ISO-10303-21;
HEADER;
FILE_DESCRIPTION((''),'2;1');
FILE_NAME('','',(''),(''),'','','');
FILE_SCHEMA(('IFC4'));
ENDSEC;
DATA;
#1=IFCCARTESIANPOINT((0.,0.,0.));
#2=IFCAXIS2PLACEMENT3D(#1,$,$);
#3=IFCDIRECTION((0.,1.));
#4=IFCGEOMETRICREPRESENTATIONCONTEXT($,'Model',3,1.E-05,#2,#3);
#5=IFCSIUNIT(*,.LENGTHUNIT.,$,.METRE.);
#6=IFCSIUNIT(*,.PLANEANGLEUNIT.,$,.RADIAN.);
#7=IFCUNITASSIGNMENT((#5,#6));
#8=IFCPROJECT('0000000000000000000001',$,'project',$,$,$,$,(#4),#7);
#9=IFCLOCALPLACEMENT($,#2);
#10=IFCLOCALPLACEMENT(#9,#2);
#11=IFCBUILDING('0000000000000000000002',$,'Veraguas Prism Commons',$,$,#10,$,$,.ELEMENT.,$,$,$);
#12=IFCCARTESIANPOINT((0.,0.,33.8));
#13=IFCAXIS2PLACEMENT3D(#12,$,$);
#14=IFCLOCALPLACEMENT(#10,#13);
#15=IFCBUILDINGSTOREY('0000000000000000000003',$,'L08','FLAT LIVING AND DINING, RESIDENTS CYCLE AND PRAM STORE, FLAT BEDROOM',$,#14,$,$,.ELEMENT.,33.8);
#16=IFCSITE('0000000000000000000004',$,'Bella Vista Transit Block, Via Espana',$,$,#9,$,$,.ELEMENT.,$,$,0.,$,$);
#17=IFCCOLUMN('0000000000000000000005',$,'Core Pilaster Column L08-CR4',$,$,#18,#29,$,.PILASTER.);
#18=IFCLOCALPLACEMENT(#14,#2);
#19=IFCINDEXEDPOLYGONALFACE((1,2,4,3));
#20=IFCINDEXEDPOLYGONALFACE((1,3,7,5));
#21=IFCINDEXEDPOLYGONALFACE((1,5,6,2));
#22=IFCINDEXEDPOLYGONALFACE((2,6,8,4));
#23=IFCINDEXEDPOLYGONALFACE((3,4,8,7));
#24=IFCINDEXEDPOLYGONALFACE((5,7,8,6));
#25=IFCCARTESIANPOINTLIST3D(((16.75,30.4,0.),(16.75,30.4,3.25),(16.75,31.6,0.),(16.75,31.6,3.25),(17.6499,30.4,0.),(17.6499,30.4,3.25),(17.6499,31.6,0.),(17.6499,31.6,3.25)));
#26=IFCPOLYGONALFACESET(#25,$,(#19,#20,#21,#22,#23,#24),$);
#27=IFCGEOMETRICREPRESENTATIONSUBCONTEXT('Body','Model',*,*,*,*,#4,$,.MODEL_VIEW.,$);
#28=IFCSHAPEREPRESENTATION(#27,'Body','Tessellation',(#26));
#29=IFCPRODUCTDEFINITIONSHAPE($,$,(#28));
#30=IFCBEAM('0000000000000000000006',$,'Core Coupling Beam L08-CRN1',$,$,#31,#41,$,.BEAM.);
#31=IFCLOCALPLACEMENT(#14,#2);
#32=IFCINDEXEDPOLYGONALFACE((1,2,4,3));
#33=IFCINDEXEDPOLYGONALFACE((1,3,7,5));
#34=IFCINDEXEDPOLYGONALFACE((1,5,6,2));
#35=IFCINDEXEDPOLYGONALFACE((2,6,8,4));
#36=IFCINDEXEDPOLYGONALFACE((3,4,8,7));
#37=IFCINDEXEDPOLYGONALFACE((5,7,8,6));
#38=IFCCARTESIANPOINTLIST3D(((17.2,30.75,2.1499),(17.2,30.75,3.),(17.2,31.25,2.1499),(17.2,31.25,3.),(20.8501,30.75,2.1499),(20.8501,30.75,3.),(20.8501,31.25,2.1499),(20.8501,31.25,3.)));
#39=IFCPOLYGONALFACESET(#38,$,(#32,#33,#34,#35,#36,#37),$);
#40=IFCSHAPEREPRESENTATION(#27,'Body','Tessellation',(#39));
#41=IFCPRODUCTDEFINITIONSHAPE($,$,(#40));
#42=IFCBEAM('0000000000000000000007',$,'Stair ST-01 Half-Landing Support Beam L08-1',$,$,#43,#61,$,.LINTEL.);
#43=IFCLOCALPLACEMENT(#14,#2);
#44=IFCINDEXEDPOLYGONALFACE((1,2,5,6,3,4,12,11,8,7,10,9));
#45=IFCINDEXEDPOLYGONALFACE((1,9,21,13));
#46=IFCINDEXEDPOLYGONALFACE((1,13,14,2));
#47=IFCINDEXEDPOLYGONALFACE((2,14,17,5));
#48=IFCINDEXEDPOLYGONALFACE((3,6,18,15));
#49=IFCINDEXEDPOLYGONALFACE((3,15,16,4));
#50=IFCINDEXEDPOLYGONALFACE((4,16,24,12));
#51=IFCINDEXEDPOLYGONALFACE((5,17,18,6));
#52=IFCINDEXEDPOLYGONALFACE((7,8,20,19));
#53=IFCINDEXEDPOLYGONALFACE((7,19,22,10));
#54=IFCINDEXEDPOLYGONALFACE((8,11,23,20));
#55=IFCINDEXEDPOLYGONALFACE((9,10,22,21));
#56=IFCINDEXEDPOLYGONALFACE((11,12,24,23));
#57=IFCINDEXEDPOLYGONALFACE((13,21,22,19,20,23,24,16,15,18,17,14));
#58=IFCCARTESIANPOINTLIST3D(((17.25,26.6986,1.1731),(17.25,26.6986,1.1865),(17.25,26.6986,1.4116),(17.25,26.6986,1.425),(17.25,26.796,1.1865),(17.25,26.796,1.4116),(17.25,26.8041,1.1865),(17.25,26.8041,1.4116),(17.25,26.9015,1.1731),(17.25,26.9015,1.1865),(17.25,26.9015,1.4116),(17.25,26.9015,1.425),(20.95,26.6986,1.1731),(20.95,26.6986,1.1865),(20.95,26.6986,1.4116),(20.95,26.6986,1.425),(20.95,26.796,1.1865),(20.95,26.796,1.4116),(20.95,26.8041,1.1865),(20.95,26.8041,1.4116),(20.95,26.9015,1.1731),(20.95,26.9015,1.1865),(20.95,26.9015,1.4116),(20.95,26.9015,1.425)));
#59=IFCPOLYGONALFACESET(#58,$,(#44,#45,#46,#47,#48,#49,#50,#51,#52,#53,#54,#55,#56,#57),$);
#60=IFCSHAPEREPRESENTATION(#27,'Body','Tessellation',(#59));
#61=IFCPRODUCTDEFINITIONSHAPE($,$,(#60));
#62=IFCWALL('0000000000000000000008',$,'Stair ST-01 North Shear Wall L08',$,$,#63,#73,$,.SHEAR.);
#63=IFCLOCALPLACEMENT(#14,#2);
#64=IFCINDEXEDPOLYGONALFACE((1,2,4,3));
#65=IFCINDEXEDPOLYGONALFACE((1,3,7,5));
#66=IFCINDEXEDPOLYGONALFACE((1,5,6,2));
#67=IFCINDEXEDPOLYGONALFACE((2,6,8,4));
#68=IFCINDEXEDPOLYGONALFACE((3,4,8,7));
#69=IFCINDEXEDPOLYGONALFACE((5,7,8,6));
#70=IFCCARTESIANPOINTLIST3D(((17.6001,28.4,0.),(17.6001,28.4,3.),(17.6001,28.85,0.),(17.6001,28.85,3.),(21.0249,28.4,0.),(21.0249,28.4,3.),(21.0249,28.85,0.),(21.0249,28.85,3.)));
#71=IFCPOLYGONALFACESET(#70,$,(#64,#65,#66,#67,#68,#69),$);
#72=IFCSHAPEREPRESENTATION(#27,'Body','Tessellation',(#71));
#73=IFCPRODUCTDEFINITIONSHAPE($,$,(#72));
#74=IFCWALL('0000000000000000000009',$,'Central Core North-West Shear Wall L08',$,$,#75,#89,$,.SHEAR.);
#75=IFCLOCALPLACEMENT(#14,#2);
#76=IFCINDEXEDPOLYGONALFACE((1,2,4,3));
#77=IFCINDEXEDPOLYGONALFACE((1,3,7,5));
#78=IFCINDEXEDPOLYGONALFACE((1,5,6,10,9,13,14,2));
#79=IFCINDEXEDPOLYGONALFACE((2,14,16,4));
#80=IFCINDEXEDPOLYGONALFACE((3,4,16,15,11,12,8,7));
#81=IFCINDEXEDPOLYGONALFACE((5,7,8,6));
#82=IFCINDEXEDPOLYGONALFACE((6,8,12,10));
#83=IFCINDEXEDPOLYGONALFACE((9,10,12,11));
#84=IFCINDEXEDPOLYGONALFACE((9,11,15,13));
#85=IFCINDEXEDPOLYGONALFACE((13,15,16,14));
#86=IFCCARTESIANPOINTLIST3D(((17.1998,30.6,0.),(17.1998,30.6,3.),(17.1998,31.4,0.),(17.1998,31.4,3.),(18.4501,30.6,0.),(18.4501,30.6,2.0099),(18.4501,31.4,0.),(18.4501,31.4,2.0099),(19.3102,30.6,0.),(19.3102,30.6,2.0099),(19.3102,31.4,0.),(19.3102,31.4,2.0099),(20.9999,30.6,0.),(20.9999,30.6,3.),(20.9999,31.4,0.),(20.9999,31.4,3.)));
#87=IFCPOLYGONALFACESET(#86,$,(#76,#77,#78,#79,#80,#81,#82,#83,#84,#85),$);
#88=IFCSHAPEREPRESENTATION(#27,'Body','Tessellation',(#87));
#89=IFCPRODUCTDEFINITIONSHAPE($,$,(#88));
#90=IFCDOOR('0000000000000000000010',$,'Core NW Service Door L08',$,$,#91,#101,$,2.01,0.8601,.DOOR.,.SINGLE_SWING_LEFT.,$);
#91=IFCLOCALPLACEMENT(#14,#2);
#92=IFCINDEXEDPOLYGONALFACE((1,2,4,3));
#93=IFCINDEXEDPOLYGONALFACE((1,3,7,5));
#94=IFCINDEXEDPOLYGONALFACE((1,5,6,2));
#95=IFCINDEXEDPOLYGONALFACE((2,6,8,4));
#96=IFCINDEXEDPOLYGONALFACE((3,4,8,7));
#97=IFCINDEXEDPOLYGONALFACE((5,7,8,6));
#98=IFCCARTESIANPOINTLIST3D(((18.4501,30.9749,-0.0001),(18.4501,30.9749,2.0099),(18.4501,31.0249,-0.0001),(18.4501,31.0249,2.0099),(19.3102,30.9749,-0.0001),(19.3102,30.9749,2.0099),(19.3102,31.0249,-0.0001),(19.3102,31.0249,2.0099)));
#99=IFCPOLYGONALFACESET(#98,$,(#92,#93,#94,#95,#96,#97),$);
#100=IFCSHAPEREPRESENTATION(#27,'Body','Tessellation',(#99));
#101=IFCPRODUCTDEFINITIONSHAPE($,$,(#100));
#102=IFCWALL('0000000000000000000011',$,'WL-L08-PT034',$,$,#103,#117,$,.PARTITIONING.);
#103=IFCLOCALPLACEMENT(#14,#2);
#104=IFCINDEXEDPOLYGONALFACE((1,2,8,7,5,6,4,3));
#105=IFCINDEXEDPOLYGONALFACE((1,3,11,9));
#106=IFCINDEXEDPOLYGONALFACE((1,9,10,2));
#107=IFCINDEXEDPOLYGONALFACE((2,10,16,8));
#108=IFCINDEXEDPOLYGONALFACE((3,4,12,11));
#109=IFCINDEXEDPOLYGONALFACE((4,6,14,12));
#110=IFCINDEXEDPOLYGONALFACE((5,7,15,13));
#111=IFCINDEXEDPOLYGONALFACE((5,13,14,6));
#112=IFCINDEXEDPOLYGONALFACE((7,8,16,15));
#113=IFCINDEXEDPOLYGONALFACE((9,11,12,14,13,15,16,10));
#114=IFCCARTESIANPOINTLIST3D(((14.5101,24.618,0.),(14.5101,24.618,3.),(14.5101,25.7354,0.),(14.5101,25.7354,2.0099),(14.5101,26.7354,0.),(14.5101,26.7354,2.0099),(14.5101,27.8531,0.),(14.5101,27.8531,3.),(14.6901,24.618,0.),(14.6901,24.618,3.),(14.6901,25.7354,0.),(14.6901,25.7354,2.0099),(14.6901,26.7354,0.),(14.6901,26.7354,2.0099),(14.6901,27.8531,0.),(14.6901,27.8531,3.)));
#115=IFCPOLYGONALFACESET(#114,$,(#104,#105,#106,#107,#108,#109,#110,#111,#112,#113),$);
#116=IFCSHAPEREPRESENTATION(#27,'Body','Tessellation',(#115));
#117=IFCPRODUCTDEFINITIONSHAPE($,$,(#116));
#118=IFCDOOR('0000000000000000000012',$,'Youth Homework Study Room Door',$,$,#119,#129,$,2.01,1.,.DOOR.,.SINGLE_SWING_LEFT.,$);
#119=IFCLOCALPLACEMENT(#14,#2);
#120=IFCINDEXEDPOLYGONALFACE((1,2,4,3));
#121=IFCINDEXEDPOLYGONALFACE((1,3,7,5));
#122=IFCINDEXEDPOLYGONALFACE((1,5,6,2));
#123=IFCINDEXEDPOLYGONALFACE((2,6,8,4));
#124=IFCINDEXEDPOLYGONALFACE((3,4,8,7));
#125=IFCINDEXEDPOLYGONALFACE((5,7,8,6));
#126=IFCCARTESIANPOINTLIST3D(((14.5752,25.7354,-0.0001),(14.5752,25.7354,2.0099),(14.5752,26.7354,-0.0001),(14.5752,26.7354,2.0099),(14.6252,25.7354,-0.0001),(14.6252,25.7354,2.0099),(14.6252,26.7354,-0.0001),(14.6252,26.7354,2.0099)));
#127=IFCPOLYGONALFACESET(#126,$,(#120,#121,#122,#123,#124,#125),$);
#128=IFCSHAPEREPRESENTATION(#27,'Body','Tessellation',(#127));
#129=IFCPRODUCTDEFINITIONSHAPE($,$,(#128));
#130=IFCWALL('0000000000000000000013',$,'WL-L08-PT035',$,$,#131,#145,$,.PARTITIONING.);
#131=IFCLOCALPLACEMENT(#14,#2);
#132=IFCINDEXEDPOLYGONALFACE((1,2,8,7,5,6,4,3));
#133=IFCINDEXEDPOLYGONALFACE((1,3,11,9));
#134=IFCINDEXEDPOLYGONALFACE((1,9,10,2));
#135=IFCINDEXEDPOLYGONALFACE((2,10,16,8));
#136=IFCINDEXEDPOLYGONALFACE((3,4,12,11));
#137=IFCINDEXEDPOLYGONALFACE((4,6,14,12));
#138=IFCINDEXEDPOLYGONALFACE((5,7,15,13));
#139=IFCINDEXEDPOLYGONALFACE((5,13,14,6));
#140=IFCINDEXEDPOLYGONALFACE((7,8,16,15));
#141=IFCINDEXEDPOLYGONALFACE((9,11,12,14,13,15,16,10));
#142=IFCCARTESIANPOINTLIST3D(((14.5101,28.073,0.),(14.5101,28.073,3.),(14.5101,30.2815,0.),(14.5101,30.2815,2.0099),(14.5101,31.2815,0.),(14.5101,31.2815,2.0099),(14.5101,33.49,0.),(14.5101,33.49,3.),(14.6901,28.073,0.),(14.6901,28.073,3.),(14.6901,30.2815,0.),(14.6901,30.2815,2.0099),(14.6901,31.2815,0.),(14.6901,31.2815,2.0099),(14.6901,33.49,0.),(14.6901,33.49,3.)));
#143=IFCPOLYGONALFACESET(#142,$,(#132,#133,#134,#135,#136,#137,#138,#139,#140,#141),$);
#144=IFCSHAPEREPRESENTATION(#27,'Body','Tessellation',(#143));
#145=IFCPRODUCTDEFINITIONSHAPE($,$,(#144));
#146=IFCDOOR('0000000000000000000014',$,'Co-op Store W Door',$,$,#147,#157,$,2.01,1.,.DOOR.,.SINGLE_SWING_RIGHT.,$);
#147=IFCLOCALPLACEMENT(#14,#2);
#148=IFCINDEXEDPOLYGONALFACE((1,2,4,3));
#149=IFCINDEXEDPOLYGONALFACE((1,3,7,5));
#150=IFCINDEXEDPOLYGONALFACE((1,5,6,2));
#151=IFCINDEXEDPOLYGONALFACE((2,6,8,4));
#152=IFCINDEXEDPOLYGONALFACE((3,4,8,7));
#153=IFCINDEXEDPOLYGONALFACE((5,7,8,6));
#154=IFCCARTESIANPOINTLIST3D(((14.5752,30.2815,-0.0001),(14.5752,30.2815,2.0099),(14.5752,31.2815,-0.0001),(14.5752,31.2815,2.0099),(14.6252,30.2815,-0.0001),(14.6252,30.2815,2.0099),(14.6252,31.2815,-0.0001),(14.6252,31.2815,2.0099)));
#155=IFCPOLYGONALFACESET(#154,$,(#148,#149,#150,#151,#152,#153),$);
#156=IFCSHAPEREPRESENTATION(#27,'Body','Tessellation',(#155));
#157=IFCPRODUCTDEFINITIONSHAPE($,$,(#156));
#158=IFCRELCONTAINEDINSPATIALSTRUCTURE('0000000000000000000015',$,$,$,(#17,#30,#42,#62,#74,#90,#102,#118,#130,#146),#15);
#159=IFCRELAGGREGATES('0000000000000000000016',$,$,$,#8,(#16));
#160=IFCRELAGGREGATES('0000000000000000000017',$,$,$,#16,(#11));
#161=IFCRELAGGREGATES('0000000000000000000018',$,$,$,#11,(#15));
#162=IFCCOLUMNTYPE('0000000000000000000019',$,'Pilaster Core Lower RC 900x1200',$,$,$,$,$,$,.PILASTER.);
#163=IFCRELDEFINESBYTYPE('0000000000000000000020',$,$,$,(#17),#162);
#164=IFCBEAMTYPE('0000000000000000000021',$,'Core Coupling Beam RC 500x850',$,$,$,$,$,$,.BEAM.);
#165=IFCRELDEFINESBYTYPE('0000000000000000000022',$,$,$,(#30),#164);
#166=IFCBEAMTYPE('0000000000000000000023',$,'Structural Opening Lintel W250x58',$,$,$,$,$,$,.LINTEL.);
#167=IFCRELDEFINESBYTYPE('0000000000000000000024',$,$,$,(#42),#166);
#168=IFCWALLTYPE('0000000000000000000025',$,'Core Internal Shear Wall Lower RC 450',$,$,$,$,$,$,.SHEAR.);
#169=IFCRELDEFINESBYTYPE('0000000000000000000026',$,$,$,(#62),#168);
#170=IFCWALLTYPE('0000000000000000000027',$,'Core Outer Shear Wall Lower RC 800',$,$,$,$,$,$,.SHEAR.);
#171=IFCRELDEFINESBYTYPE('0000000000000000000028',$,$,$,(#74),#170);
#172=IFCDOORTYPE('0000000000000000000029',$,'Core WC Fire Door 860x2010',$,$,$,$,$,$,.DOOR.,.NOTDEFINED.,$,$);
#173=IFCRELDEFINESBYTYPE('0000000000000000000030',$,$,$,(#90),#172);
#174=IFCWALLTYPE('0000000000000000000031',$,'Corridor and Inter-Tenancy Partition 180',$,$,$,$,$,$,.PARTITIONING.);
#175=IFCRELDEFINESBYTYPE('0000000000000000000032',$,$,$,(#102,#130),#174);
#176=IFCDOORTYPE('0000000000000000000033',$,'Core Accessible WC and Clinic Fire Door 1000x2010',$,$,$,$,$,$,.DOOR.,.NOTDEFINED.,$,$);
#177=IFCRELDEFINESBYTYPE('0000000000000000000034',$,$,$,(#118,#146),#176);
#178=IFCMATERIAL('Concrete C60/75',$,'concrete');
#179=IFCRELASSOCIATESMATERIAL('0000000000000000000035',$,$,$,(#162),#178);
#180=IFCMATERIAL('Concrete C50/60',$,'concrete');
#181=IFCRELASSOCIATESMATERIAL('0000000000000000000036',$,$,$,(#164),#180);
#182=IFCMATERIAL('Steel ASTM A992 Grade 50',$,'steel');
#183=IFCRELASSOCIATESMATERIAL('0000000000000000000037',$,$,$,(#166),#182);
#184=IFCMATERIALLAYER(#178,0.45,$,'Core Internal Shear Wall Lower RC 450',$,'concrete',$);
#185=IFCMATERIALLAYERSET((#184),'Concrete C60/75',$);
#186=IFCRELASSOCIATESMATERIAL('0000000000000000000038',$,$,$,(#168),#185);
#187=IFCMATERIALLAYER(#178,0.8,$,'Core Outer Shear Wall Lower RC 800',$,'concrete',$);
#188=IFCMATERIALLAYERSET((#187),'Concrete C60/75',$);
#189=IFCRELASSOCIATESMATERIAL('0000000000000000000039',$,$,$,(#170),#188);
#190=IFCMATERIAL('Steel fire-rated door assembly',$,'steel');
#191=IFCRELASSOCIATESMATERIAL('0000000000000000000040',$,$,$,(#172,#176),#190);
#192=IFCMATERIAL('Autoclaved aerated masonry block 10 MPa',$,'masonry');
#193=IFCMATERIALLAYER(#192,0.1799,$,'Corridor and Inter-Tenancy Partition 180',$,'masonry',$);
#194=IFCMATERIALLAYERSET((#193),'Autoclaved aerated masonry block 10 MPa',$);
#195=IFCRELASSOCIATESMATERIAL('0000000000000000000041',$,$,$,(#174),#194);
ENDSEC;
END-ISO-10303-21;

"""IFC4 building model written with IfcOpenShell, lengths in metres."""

from ifc_helpers import new_model, si_unit, direction, frame, frame_2d, origin, origin_2d, place, context, subcontext, project, spatial, rectangle, i_section, extrude, source, transform, mapped, material, layer, layer_set, material_profile, profile_set, type_object, element, fill, save


model = new_model("IFC4")

# Units and contexts
model_context = context("Model", 3, precision=1e-05, world=origin(), true_north=direction((0.0, 1.0)))
body_context = subcontext(model_context, "Body", "Model", "MODEL_VIEW")
ifc_project = project(units=[si_unit("LENGTHUNIT", "METRE"), si_unit("PLANEANGLEUNIT", "RADIAN")], contexts=[model_context])

# Site, building, storey
site_placement = place(None, origin())
site = spatial("IfcSite", under=ifc_project, at=site_placement, Name="Bella Vista Transit Block, Via Espana", CompositionType="ELEMENT", RefElevation=0.0)
building_placement = place(site_placement, origin())
building = spatial("IfcBuilding", under=site, at=building_placement, Name="Veraguas Prism Commons", CompositionType="ELEMENT")
storey_placement = place(building_placement, frame((0.0, 0.0, 33.8)))
storey = spatial("IfcBuildingStorey", under=building, at=storey_placement, Name="L08", Description="FLAT LIVING AND DINING, RESIDENTS CYCLE AND PRAM STORE, FLAT BEDROOM", CompositionType="ELEMENT", Elevation=33.8)

# Column
ifc_material_1 = material(Name="Concrete C60/75", Category="concrete")
ifc_material_profile_1 = material_profile(ifc_material_1, rectangle(XDim=0.8999, YDim=1.2, at=origin_2d()), Name="RC900X1200")
ifc_profile_set_1 = profile_set([ifc_material_profile_1], Name="Concrete C60/75")
column_type = type_object("IfcColumnType", Name="Pilaster Core Lower RC 900x1200", PredefinedType="PILASTER", material=ifc_profile_set_1)
column_placement = place(storey_placement, frame((17.2, 31.0, 0.0), z_axis=(0.0, 0.0, 1.0), x_axis=(1.0, 0.0, 0.0)))
element("IfcColumn", 1, at=column_placement, inside=storey, type_object=column_type, Name="Core Pilaster Column L08-CR4", PredefinedType="PILASTER", context=body_context, shape_type="SweptSolid", body=[
    extrude(rectangle(XDim=0.8999, YDim=1.2, at=origin_2d()), origin(), (0.0, 0.0, 1.0), 3.25),
])

# Beams
ifc_material_2 = material(Name="Concrete C50/60", Category="concrete")
ifc_material_profile_2 = material_profile(ifc_material_2, rectangle(XDim=0.5, YDim=0.8501, at=origin_2d()), Name="RC500X850")
ifc_profile_set_2 = profile_set([ifc_material_profile_2], Name="Concrete C50/60")
beam_type_1 = type_object("IfcBeamType", Name="Core Coupling Beam RC 500x850", PredefinedType="BEAM", material=ifc_profile_set_2)
beam_1_placement = place(storey_placement, frame((17.2, 31.0, 2.575), z_axis=(1.0, 0.0, 0.0), x_axis=(0.0, 1.0, 0.0)))
element("IfcBeam", 2, at=beam_1_placement, inside=storey, type_object=beam_type_1, Name="Core Coupling Beam L08-CRN1", PredefinedType="BEAM", context=body_context, shape_type="SweptSolid", body=[
    extrude(rectangle(XDim=0.5, YDim=0.8501, at=origin_2d()), origin(), (0.0, 0.0, 1.0), 3.6501),
])
ifc_material_3 = material(Name="Steel ASTM A992 Grade 50", Category="steel")
ifc_material_profile_3 = material_profile(ifc_material_3, i_section(OverallWidth=0.2029, OverallDepth=0.252, WebThickness=0.0081, FlangeThickness=0.0134, at=origin_2d()), Name="W250X58")
ifc_profile_set_3 = profile_set([ifc_material_profile_3], Name="Steel ASTM A992 Grade 50")
beam_type_2 = type_object("IfcBeamType", Name="Structural Opening Lintel W250x58", PredefinedType="LINTEL", material=ifc_profile_set_3)
beam_2_placement = place(storey_placement, frame((17.25, 26.8, 1.2991), z_axis=(1.0, 0.0, 0.0), x_axis=(0.0, 1.0, 0.0)))
element("IfcBeam", 3, at=beam_2_placement, inside=storey, type_object=beam_type_2, Name="Stair ST-01 Half-Landing Support Beam L08-1", PredefinedType="LINTEL", context=body_context, shape_type="SweptSolid", body=[
    extrude(i_section(OverallWidth=0.2029, OverallDepth=0.252, WebThickness=0.0081, FlangeThickness=0.0134, at=origin_2d()), origin(), (0.0, 0.0, 1.0), 3.7),
])

# Wall
ifc_layer_1 = layer(ifc_material_1, 0.45, Name="Core Internal Shear Wall Lower RC 450", Category="concrete")
ifc_layer_set_1 = layer_set([ifc_layer_1], Name="Concrete C60/75")
wall_type_1 = type_object("IfcWallType", Name="Core Internal Shear Wall Lower RC 450", PredefinedType="SHEAR", material=ifc_layer_set_1)
wall_1_placement = place(storey_placement, frame((17.6001, 28.625, 0.0), z_axis=(0.0, 0.0, 1.0), x_axis=(1.0, 0.0, 0.0)))
element("IfcWall", 4, at=wall_1_placement, inside=storey, type_object=wall_type_1, Name="Stair ST-01 North Shear Wall L08", PredefinedType="SHEAR", context=body_context, shape_type="SweptSolid", body=[
    extrude(rectangle(XDim=3.4248, YDim=0.45, at=frame_2d((1.7124, 0.0))), origin(), (0.0, 0.0, 1.0), 3.0),
])

# Walls, openings, doors
ifc_layer_2 = layer(ifc_material_1, 0.8, Name="Core Outer Shear Wall Lower RC 800", Category="concrete")
ifc_layer_set_2 = layer_set([ifc_layer_2], Name="Concrete C60/75")
wall_type_2 = type_object("IfcWallType", Name="Core Outer Shear Wall Lower RC 800", PredefinedType="SHEAR", material=ifc_layer_set_2)
wall_2_placement = place(storey_placement, frame((17.2, 31.0, 0.0), z_axis=(0.0, 0.0, 1.0), x_axis=(1.0, 0.0, 0.0)))
wall_2 = element("IfcWall", 5, at=wall_2_placement, inside=storey, type_object=wall_type_2, Name="Central Core North-West Shear Wall L08", PredefinedType="SHEAR", context=body_context, shape_type="SweptSolid", body=[
    extrude(rectangle(XDim=3.8, YDim=0.8, at=frame_2d((1.8999, 0.0))), origin(), (0.0, 0.0, 1.0), 3.0),
])
opening_1_placement = place(wall_2_placement, frame((1.25, 0.0, 0.0)))
opening_1 = element("IfcOpeningElement", 6, at=opening_1_placement, cuts=wall_2, PredefinedType="OPENING", context=body_context, shape_type="SweptSolid", body=[
    extrude(rectangle(XDim=0.8601, YDim=2.01, at=frame_2d((0.4302, 1.0049))), frame((0.0, 0.4099, 0.0), z_axis=(0.0, -1.0, 0.0), x_axis=(1.0, 0.0, 0.0)), (0.0, 0.0, 1.0), 0.8201),
])
ifc_material_4 = material(Name="Steel fire-rated door assembly", Category="steel")
door_type_1 = type_object("IfcDoorType", Name="Core WC Fire Door 860x2010", OperationType="NOTDEFINED", PredefinedType="DOOR", material=ifc_material_4)
shared_shape_1 = source(origin(), body_context, "Body", "SweptSolid", [
    extrude(rectangle(XDim=0.8601, YDim=2.01, at=frame_2d((0.4302, 1.0049))), frame((0.0, 0.0249, 0.0), z_axis=(0.0, -1.0, 0.0), x_axis=(1.0, 0.0, 0.0)), (0.0, 0.0, 1.0), 0.05),
])
door_1_placement = place(opening_1_placement, origin())
door_1 = element("IfcDoor", 7, at=door_1_placement, inside=storey, type_object=door_type_1, Name="Core NW Service Door L08", OperationType="SINGLE_SWING_LEFT", OverallHeight=2.01, OverallWidth=0.8601, PredefinedType="DOOR", context=body_context, shape_type="MappedRepresentation", body=[
    mapped(shared_shape_1, transform((0.0, 0.0, 0.0), scale=1.0)),
])
fill(opening_1, door_1)
ifc_material_5 = material(Name="Autoclaved aerated masonry block 10 MPa", Category="masonry")
ifc_layer_3 = layer(ifc_material_5, 0.1799, Name="Corridor and Inter-Tenancy Partition 180", Category="masonry")
ifc_layer_set_3 = layer_set([ifc_layer_3], Name="Autoclaved aerated masonry block 10 MPa")
wall_type_3 = type_object("IfcWallType", Name="Corridor and Inter-Tenancy Partition 180", PredefinedType="PARTITIONING", material=ifc_layer_set_3)
wall_3_placement = place(storey_placement, frame((14.6001, 24.6179, 0.0), z_axis=(0.0, 0.0, 1.0), x_axis=(0.0, 1.0, 0.0)))
wall_3 = element("IfcWall", 8, at=wall_3_placement, inside=storey, type_object=wall_type_3, Name="WL-L08-PT034", PredefinedType="PARTITIONING", context=body_context, shape_type="SweptSolid", body=[
    extrude(rectangle(XDim=3.2351, YDim=0.1799, at=frame_2d((1.6177, 0.0))), origin(), (0.0, 0.0, 1.0), 3.0),
])
opening_2_placement = place(wall_3_placement, frame((1.1174, 0.0, 0.0)))
opening_2 = element("IfcOpeningElement", 9, at=opening_2_placement, cuts=wall_3, PredefinedType="OPENING", context=body_context, shape_type="SweptSolid", body=[
    extrude(rectangle(XDim=1.0, YDim=2.01, at=frame_2d((0.5, 1.0049))), frame((0.0, 0.0999, 0.0), z_axis=(0.0, -1.0, 0.0), x_axis=(1.0, 0.0, 0.0)), (0.0, 0.0, 1.0), 0.2),
])
door_type_2 = type_object("IfcDoorType", Name="Core Accessible WC and Clinic Fire Door 1000x2010", OperationType="NOTDEFINED", PredefinedType="DOOR", material=ifc_material_4)
shared_shape_2 = source(origin(), body_context, "Body", "SweptSolid", [
    extrude(rectangle(XDim=1.0, YDim=2.01, at=frame_2d((0.5, 1.0049))), frame((0.0, 0.0249, 0.0), z_axis=(0.0, -1.0, 0.0), x_axis=(1.0, 0.0, 0.0)), (0.0, 0.0, 1.0), 0.05),
])
door_2_placement = place(opening_2_placement, origin())
door_2 = element("IfcDoor", 10, at=door_2_placement, inside=storey, type_object=door_type_2, Name="Youth Homework Study Room Door", OperationType="SINGLE_SWING_LEFT", OverallHeight=2.01, OverallWidth=1.0, PredefinedType="DOOR", context=body_context, shape_type="MappedRepresentation", body=[
    mapped(shared_shape_2, transform((0.0, 0.0, 0.0), scale=1.0)),
])
fill(opening_2, door_2)
wall_4_placement = place(storey_placement, frame((14.6001, 28.073, 0.0), z_axis=(0.0, 0.0, 1.0), x_axis=(0.0, 1.0, 0.0)))
wall_4 = element("IfcWall", 11, at=wall_4_placement, inside=storey, type_object=wall_type_3, Name="WL-L08-PT035", PredefinedType="PARTITIONING", context=body_context, shape_type="SweptSolid", body=[
    extrude(rectangle(XDim=5.417, YDim=0.1799, at=frame_2d((2.7085, 0.0))), origin(), (0.0, 0.0, 1.0), 3.0),
])
opening_3_placement = place(wall_4_placement, frame((2.2085, 0.0, 0.0)))
opening_3 = element("IfcOpeningElement", 12, at=opening_3_placement, cuts=wall_4, PredefinedType="OPENING", context=body_context, shape_type="SweptSolid", body=[
    extrude(rectangle(XDim=1.0, YDim=2.01, at=frame_2d((0.5, 1.0049))), frame((0.0, 0.0999, 0.0), z_axis=(0.0, -1.0, 0.0), x_axis=(1.0, 0.0, 0.0)), (0.0, 0.0, 1.0), 0.2),
])
door_3_placement = place(opening_3_placement, origin())
door_3 = element("IfcDoor", 13, at=door_3_placement, inside=storey, type_object=door_type_2, Name="Co-op Store W Door", OperationType="SINGLE_SWING_RIGHT", OverallHeight=2.01, OverallWidth=1.0, PredefinedType="DOOR", context=body_context, shape_type="MappedRepresentation", body=[
    mapped(shared_shape_2, transform((0.0, 0.0, 0.0), scale=1.0)),
])
fill(opening_3, door_3)

save(model, "model.ifc")
